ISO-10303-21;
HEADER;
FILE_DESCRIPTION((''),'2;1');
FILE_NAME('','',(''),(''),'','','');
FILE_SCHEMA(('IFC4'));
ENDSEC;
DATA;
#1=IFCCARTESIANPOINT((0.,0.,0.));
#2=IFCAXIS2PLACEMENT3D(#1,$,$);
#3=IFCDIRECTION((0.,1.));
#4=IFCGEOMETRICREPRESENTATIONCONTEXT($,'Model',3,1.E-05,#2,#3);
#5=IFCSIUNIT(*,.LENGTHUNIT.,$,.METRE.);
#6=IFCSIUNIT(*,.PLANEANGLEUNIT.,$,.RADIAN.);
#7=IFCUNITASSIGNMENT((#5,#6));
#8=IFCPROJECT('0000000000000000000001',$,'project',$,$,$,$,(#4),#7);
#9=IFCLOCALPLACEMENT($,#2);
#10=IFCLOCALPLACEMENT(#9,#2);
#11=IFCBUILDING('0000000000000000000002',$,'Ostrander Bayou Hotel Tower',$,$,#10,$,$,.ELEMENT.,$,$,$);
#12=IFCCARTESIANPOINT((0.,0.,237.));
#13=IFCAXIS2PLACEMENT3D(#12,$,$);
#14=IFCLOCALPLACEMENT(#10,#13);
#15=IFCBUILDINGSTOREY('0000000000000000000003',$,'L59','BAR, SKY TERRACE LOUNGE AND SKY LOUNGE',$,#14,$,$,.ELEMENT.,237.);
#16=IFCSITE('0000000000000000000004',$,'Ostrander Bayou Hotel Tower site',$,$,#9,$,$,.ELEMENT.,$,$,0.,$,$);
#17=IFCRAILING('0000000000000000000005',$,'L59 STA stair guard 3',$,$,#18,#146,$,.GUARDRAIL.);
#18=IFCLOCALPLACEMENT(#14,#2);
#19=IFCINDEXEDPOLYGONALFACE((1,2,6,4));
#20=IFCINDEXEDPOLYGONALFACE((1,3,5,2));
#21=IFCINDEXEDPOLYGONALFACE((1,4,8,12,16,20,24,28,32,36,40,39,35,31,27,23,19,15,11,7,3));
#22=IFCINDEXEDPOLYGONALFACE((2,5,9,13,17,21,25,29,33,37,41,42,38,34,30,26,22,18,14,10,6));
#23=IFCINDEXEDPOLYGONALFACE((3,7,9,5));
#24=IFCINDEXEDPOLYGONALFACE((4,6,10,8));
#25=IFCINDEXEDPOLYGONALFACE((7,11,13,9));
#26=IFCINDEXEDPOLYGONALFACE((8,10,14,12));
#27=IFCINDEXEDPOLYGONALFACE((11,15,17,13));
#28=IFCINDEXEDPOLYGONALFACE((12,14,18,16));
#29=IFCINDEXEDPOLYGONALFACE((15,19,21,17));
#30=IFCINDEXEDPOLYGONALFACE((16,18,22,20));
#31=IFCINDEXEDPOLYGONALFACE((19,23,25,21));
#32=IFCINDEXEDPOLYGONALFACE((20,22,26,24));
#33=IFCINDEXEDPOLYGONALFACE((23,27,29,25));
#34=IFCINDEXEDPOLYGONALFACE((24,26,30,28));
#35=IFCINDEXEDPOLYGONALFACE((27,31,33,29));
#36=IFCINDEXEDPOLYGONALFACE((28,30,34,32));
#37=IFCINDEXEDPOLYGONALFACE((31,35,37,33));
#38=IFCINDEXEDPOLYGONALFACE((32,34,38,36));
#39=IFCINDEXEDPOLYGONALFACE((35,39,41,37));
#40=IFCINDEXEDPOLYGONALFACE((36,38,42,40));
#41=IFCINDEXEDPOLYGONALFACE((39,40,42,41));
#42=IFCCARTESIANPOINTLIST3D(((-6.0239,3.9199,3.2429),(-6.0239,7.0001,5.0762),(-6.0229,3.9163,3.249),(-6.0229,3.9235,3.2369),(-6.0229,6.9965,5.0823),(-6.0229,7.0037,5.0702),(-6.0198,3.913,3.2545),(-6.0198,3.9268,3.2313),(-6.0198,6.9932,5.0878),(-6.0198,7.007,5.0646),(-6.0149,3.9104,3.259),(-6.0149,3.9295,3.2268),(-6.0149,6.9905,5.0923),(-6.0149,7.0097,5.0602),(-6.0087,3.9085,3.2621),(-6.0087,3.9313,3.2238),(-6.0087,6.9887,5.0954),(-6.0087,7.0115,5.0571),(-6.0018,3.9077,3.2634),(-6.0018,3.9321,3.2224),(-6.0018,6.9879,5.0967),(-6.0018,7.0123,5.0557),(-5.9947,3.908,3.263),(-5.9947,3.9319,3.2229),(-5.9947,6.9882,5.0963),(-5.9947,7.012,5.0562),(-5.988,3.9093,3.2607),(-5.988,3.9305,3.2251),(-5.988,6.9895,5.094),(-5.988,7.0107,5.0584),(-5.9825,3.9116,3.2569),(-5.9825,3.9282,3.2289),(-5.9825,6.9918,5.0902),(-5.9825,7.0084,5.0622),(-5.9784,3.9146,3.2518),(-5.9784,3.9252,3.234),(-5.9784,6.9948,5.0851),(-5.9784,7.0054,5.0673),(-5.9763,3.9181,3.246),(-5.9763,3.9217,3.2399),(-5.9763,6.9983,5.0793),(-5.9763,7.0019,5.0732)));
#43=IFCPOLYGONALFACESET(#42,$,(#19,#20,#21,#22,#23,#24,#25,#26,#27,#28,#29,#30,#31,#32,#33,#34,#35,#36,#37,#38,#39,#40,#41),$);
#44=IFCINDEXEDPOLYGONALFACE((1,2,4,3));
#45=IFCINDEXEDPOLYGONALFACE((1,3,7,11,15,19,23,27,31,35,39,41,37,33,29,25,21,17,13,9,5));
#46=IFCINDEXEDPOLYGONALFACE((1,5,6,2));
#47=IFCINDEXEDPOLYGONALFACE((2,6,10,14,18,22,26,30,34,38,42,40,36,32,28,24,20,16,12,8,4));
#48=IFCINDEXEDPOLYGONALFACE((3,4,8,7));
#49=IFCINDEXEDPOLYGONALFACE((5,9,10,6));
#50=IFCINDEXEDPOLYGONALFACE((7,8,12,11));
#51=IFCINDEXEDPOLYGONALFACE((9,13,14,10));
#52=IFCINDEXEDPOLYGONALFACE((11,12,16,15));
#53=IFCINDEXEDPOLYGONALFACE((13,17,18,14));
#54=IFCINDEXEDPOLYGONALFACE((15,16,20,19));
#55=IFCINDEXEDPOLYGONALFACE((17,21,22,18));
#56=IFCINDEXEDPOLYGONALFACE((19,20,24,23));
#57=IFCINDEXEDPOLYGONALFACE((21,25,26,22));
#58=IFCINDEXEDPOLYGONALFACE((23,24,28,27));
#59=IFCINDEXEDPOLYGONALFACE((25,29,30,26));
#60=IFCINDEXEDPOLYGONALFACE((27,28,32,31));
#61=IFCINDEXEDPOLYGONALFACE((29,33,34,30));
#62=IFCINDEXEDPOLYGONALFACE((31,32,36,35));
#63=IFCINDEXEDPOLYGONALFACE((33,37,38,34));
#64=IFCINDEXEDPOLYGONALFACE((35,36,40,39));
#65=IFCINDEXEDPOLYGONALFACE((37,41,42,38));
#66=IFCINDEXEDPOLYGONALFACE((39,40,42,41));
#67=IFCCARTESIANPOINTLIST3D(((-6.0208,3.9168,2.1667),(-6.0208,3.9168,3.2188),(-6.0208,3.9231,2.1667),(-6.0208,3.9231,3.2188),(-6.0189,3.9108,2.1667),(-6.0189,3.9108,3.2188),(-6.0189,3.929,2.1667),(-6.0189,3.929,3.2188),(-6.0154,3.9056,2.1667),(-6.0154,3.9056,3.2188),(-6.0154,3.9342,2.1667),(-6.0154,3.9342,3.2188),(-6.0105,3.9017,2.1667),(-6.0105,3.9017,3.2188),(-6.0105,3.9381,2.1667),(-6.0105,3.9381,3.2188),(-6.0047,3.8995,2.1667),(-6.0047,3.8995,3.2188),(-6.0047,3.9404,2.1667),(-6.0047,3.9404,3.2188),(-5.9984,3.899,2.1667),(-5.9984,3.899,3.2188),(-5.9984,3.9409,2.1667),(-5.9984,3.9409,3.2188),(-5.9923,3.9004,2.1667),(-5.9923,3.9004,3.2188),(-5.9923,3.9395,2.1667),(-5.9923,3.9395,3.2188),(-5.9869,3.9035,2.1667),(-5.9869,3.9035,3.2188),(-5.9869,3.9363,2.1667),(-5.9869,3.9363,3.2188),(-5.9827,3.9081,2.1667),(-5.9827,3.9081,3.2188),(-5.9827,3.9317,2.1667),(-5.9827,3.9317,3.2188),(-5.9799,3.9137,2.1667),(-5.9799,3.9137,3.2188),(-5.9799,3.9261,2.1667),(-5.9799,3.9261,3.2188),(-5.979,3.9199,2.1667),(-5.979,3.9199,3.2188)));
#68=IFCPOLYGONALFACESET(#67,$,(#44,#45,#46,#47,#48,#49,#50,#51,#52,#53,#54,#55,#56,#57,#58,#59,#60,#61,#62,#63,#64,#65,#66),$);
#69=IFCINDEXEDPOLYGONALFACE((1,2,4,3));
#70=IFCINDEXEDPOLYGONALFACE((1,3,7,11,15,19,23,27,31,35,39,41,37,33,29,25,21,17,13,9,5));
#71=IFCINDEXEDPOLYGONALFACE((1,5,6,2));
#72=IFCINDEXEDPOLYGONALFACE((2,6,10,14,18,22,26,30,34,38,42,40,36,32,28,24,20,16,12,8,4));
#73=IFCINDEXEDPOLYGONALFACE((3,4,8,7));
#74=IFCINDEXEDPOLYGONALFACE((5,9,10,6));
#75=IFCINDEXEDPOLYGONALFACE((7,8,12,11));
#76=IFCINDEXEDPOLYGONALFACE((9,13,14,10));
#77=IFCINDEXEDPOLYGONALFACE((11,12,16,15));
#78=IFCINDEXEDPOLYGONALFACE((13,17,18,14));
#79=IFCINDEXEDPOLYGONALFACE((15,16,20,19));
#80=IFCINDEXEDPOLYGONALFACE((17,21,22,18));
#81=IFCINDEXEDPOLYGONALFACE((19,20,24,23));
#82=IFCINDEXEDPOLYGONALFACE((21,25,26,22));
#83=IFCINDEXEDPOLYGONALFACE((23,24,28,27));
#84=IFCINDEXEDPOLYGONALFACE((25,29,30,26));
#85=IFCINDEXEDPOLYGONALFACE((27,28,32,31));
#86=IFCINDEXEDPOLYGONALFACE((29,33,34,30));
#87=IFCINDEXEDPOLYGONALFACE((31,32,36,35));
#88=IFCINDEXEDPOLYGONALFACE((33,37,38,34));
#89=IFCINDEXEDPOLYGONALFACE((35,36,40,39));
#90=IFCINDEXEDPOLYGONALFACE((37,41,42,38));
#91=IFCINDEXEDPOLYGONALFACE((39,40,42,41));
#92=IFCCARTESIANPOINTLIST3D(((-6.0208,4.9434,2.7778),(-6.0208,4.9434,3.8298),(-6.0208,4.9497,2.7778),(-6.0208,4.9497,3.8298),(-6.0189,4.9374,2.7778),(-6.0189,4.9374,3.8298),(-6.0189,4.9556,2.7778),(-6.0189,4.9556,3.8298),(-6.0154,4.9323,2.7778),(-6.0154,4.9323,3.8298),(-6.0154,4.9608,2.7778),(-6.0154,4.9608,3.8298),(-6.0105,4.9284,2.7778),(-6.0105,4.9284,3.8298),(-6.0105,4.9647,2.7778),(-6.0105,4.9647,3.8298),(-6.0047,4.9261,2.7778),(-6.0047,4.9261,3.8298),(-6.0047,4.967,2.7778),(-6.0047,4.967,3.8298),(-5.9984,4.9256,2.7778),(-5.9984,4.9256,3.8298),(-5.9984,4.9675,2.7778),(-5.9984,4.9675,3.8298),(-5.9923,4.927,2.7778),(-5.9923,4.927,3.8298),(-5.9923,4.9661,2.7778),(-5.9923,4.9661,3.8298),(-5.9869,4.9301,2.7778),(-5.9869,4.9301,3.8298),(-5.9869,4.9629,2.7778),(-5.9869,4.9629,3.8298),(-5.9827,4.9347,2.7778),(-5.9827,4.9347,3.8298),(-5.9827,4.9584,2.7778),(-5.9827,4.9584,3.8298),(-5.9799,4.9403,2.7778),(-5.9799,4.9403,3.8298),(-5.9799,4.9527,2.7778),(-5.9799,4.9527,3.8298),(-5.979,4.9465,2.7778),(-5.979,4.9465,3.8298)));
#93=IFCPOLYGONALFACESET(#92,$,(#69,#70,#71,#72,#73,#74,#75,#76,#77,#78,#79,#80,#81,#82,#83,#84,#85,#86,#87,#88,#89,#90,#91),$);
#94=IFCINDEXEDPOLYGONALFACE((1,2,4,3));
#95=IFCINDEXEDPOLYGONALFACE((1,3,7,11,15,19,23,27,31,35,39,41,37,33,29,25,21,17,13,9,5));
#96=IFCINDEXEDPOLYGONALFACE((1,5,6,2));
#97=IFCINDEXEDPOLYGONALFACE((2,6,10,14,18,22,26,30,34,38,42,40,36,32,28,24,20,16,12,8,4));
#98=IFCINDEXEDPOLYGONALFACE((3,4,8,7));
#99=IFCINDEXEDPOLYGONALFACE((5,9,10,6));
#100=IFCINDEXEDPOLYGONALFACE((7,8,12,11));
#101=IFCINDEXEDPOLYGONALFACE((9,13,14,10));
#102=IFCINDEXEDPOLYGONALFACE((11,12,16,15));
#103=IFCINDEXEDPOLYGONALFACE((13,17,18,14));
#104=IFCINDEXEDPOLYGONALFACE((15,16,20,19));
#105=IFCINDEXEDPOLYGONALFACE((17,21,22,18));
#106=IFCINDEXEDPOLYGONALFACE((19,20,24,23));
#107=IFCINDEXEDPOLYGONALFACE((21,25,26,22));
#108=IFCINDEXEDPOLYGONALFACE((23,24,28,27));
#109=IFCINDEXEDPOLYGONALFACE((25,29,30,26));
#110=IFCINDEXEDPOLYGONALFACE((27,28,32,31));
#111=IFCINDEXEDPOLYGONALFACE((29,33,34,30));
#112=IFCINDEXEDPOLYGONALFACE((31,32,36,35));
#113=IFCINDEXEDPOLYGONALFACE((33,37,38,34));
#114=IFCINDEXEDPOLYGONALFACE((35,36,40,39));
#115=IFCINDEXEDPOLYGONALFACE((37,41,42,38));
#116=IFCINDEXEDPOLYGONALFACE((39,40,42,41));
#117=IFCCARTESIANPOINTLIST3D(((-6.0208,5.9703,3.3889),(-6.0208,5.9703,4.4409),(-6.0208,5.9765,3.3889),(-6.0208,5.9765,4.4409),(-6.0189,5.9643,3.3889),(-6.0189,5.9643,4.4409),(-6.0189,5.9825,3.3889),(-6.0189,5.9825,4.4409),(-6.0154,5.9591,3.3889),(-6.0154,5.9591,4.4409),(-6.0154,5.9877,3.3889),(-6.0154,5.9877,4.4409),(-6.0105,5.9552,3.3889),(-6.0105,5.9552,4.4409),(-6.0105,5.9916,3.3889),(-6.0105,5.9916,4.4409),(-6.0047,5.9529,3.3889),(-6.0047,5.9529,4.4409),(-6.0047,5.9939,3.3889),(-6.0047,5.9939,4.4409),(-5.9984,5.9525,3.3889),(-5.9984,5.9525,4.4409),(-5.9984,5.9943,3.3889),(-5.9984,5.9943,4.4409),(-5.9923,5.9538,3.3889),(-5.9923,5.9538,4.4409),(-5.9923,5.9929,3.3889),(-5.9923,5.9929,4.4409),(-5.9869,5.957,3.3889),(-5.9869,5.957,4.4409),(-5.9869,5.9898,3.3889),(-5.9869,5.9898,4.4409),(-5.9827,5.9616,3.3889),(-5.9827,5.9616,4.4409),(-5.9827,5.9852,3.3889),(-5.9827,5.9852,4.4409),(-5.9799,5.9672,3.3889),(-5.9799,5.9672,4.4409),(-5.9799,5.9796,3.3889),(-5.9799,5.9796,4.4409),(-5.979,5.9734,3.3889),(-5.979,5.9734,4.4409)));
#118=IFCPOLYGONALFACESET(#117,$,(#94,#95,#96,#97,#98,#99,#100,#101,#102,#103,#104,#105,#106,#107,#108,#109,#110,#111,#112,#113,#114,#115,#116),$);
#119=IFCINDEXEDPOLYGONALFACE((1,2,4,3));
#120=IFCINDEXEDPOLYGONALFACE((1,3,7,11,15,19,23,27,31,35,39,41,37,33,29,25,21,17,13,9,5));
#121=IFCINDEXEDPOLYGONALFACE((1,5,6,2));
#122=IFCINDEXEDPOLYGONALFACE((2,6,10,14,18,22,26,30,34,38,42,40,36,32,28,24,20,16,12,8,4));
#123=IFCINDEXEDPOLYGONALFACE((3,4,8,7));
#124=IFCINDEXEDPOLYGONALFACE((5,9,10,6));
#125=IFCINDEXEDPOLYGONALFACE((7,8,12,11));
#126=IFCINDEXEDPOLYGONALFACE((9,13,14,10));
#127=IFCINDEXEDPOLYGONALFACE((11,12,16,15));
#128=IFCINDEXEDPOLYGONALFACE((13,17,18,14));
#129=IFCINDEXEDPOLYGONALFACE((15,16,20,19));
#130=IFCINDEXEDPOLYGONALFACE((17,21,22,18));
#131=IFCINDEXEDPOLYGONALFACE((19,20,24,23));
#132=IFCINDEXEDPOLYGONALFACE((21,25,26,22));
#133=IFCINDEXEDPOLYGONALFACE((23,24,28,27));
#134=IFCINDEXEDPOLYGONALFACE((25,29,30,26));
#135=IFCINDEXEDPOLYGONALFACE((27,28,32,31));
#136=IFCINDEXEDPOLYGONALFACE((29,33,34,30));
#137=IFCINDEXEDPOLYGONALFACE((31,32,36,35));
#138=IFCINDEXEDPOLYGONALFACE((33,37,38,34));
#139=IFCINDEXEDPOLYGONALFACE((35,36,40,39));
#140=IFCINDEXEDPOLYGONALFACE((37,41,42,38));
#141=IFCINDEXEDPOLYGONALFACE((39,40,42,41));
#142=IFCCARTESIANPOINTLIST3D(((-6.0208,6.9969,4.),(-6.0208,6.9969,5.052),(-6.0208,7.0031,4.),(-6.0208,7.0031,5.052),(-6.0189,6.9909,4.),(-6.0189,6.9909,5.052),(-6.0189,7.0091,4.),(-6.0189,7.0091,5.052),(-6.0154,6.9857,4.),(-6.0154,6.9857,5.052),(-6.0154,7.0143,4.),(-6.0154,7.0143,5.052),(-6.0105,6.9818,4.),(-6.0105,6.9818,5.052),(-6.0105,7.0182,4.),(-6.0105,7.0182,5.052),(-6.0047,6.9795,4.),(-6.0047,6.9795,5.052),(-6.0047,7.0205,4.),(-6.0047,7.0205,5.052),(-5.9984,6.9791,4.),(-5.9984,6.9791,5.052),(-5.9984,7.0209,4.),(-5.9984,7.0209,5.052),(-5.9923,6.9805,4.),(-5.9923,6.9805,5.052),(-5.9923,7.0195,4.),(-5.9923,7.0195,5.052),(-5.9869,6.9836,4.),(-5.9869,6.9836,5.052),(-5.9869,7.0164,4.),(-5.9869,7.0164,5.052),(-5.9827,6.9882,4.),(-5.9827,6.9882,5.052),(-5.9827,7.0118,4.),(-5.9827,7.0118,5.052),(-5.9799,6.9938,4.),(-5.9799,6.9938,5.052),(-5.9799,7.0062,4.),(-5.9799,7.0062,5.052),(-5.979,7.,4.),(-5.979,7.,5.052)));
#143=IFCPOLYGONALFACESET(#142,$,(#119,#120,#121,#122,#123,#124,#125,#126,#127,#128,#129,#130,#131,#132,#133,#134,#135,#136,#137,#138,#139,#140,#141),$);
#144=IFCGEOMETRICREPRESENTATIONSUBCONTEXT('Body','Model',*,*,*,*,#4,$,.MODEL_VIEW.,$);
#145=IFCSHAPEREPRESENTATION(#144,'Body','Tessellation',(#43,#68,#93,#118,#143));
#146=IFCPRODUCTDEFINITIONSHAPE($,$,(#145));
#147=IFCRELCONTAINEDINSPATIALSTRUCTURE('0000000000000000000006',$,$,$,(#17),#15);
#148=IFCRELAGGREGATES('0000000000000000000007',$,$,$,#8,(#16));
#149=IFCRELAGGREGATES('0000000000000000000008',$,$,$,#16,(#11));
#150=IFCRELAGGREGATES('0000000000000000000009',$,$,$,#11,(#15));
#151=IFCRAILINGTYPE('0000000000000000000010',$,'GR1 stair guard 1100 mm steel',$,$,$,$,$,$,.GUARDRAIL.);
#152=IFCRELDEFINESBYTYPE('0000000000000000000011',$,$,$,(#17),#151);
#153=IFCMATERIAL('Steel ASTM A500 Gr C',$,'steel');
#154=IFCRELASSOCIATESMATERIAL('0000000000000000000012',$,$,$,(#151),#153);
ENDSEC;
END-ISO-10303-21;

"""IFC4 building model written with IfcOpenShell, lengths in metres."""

from ifc_helpers import new_model, si_unit, direction, frame, origin, origin_2d, place, context, subcontext, project, spatial, circle, extrude, material, type_object, element, save


model = new_model("IFC4")

# Units and contexts
model_context = context("Model", 3, precision=1e-05, world=origin(), true_north=direction((0.0, 1.0)))
body_context = subcontext(model_context, "Body", "Model", "MODEL_VIEW")
ifc_project = project(units=[si_unit("LENGTHUNIT", "METRE"), si_unit("PLANEANGLEUNIT", "RADIAN")], contexts=[model_context])

# Site, building, storey
site_placement = place(None, origin())
site = spatial("IfcSite", under=ifc_project, at=site_placement, Name="Ostrander Bayou Hotel Tower site", CompositionType="ELEMENT", RefElevation=0.0)
building_placement = place(site_placement, origin())
building = spatial("IfcBuilding", under=site, at=building_placement, Name="Ostrander Bayou Hotel Tower", CompositionType="ELEMENT")
storey_placement = place(building_placement, frame((0.0, 0.0, 237.0)))
storey = spatial("IfcBuildingStorey", under=building, at=storey_placement, Name="L59", Description="BAR, SKY TERRACE LOUNGE AND SKY LOUNGE", CompositionType="ELEMENT", Elevation=237.0)

# Railing
ifc_material_1 = material(Name="Steel ASTM A500 Gr C", Category="steel")
railing_type_1 = type_object("IfcRailingType", Name="GR1 stair guard 1100 mm steel", PredefinedType="GUARDRAIL", material=ifc_material_1)
railing_1_placement = place(storey_placement, frame((-6.0, 3.9199, 2.1667)))
element("IfcRailing", 1, at=railing_1_placement, inside=storey, type_object=railing_type_1, Name="L59 STA stair guard 3", PredefinedType="GUARDRAIL", context=body_context, shape_type="SweptSolid", body=[
    extrude(circle(Radius=0.0239, at=origin_2d()), frame((0.0, 0.0, 1.0762), z_axis=(0.0, 0.859309, 0.511458), x_axis=(-1.0, 0.0, 0.0)), (0.0, 0.0, 1.0), 3.5845),
    extrude(circle(Radius=0.021, at=origin_2d()), origin(), (0.0, 0.0, 1.0), 1.052),
    extrude(circle(Radius=0.021, at=origin_2d()), frame((0.0, 1.0266, 0.6111)), (0.0, 0.0, 1.0), 1.052),
    extrude(circle(Radius=0.021, at=origin_2d()), frame((0.0, 2.0535, 1.2222)), (0.0, 0.0, 1.0), 1.052),
    extrude(circle(Radius=0.021, at=origin_2d()), frame((0.0, 3.0801, 1.8333)), (0.0, 0.0, 1.0), 1.052),
])

save(model, "model.ifc")
